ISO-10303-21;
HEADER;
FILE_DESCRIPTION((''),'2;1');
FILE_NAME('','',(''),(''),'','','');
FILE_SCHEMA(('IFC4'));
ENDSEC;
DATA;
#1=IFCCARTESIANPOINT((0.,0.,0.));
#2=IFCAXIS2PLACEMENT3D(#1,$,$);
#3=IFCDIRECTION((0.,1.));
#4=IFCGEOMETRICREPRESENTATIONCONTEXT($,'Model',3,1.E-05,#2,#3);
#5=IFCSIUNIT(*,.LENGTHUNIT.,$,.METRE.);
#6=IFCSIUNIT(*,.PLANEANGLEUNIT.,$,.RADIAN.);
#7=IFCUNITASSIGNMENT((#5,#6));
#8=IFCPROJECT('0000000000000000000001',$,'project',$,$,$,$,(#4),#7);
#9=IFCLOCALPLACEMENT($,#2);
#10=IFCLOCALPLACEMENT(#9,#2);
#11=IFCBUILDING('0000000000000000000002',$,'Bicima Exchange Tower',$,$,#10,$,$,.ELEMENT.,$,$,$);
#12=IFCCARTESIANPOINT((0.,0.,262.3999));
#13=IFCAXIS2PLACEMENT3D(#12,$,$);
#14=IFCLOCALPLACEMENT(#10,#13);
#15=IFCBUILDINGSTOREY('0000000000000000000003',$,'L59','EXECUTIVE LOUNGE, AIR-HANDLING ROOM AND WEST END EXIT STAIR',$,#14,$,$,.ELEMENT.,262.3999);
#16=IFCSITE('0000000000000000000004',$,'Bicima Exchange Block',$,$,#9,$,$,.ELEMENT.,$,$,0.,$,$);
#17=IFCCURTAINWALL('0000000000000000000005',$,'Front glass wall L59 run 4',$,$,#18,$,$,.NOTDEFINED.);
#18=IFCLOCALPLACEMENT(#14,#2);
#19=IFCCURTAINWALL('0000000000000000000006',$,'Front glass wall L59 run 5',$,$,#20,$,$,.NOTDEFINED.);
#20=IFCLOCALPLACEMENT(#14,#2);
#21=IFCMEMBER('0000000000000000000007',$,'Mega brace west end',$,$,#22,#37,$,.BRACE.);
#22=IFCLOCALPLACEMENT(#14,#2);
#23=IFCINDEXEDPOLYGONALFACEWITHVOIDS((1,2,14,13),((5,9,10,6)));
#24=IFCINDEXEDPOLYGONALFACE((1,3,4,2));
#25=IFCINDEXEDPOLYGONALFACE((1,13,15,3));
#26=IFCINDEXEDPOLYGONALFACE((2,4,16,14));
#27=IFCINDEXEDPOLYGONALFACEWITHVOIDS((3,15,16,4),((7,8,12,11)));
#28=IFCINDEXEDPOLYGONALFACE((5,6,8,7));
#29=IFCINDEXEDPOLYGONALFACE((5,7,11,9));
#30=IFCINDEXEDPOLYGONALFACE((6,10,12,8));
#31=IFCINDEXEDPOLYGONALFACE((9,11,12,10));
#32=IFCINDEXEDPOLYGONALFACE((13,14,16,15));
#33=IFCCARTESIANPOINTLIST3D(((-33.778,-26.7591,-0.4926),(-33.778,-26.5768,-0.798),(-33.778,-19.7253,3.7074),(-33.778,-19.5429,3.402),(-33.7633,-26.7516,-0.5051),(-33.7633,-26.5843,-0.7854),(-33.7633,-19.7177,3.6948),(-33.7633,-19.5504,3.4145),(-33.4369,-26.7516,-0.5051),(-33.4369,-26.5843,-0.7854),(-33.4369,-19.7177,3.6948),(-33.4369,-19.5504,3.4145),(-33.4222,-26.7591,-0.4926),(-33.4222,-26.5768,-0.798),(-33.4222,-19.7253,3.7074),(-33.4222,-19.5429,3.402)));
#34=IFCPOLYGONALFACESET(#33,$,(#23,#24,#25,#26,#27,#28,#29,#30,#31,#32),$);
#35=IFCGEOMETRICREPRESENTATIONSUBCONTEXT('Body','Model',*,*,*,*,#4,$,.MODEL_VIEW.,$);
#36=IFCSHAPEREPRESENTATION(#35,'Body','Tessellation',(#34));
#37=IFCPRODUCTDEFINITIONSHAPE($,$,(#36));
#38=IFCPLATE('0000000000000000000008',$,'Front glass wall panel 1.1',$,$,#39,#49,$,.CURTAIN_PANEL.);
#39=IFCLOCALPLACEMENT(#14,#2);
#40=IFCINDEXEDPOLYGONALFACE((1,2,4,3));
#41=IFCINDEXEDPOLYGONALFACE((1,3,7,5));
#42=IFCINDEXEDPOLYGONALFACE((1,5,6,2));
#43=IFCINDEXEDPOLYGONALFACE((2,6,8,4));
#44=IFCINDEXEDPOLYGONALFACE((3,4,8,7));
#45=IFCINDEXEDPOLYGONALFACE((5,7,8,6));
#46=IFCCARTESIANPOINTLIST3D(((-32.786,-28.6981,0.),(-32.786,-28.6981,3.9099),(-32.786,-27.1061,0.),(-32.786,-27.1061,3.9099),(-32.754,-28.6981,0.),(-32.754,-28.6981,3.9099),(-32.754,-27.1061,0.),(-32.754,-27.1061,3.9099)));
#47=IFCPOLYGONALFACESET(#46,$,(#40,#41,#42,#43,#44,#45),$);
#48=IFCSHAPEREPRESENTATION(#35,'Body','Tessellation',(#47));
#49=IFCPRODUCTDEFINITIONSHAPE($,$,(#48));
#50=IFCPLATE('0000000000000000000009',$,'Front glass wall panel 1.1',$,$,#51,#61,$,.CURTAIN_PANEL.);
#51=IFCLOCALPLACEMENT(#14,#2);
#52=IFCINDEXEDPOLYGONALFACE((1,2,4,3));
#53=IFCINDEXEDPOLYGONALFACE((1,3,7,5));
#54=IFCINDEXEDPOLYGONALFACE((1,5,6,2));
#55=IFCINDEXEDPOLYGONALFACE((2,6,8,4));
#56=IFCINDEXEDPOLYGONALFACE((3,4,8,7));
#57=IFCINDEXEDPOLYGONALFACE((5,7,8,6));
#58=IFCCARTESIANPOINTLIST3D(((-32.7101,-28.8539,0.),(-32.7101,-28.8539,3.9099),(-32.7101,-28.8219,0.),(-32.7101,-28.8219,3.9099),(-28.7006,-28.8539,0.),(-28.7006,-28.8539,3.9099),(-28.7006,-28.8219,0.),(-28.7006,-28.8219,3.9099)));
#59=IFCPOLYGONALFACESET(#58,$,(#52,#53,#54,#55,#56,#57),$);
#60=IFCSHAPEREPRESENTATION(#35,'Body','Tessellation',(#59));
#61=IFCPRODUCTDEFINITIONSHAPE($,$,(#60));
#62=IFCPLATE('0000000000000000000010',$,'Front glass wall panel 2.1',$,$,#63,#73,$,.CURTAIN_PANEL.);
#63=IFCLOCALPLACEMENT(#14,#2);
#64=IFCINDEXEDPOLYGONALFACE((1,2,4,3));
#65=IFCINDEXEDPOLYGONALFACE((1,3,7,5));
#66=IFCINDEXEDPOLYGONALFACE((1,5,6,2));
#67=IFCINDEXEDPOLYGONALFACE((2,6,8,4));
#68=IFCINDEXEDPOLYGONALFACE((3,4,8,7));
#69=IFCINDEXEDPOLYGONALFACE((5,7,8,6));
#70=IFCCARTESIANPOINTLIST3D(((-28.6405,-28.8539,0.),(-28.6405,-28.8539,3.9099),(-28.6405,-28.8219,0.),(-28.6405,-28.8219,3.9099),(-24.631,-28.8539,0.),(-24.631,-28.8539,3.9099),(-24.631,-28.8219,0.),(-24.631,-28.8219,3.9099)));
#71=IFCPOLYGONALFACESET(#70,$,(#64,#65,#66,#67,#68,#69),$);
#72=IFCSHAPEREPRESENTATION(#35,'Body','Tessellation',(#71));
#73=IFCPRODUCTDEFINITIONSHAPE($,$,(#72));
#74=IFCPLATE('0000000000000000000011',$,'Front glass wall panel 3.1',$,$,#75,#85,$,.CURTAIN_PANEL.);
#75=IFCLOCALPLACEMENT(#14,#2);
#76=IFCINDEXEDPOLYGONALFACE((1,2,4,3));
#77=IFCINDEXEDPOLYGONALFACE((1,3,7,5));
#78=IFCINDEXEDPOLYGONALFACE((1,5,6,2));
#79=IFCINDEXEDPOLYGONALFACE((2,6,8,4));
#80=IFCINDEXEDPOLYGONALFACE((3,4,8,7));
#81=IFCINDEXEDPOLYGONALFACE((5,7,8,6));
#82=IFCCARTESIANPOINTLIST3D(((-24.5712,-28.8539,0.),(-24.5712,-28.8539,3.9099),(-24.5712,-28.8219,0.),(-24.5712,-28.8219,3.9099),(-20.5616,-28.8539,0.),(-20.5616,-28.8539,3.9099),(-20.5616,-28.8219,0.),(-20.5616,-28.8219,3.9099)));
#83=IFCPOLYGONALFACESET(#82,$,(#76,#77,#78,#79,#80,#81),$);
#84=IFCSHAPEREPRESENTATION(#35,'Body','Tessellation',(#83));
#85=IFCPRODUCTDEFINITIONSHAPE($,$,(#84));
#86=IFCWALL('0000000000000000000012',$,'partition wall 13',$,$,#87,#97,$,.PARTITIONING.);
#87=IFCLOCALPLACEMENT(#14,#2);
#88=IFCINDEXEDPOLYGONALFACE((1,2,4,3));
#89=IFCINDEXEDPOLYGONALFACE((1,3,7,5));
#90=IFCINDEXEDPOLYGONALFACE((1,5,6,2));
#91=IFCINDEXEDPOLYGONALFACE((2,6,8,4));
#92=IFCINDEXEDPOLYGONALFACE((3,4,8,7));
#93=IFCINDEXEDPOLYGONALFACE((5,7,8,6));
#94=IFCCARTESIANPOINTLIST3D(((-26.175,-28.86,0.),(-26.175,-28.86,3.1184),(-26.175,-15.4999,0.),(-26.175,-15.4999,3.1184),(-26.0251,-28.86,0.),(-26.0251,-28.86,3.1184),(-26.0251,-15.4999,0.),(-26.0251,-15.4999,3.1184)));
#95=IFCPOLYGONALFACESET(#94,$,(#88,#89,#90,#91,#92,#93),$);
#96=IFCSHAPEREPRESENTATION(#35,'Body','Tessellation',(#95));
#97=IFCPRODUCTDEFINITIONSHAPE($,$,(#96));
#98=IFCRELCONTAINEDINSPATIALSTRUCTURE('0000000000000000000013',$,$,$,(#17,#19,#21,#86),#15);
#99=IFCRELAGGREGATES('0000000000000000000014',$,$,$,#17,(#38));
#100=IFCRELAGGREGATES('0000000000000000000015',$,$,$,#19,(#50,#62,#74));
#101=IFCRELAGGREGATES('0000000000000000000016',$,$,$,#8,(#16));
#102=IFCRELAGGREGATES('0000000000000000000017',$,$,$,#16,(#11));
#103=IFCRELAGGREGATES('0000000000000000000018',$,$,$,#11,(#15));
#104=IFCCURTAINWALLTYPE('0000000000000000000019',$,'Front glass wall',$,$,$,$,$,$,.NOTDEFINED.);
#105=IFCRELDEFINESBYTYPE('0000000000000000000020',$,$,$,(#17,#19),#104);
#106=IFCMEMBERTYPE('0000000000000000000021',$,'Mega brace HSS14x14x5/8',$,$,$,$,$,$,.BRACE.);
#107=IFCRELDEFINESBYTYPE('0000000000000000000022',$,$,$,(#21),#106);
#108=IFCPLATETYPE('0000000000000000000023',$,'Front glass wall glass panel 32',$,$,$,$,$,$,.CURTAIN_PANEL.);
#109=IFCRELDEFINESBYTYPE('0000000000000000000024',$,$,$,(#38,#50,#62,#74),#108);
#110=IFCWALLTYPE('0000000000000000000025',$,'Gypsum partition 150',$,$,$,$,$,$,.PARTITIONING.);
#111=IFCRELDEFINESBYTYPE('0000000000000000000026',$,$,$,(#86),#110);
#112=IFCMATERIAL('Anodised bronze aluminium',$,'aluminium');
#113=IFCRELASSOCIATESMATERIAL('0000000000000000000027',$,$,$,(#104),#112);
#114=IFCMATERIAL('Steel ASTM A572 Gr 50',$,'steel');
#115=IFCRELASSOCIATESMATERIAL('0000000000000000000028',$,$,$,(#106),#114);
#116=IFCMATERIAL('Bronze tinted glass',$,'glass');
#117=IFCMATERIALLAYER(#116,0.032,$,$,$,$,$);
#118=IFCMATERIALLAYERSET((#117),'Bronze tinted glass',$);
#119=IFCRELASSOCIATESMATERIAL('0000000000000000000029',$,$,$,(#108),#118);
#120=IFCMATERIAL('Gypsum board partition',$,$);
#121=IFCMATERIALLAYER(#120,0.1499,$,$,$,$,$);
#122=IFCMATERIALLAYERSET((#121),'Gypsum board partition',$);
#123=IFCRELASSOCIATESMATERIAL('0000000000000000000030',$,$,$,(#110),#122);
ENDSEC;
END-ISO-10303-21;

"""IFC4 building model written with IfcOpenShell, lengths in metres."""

from ifc_helpers import new_model, si_unit, direction, frame, frame_2d, origin, origin_2d, place, context, subcontext, project, spatial, rectangle, hollow_rectangle, extrude, material, layer, layer_set, material_profile, profile_set, type_object, element, aggregate, save


model = new_model("IFC4")

# Units and contexts
model_context = context("Model", 3, precision=1e-05, world=origin(), true_north=direction((0.0, 1.0)))
body_context = subcontext(model_context, "Body", "Model", "MODEL_VIEW")
ifc_project = project(units=[si_unit("LENGTHUNIT", "METRE"), si_unit("PLANEANGLEUNIT", "RADIAN")], contexts=[model_context])

# Site, building, storey
site_placement = place(None, origin())
site = spatial("IfcSite", under=ifc_project, at=site_placement, Name="Bicima Exchange Block", CompositionType="ELEMENT", RefElevation=0.0)
building_placement = place(site_placement, origin())
building = spatial("IfcBuilding", under=site, at=building_placement, Name="Bicima Exchange Tower", CompositionType="ELEMENT")
storey_placement = place(building_placement, frame((0.0, 0.0, 262.3999)))
storey = spatial("IfcBuildingStorey", under=building, at=storey_placement, Name="L59", Description="EXECUTIVE LOUNGE, AIR-HANDLING ROOM AND WEST END EXIT STAIR", CompositionType="ELEMENT", Elevation=262.3999)

# Curtain walls
ifc_material_1 = material(Name="Anodised bronze aluminium", Category="aluminium")
curtain_wall_type = type_object("IfcCurtainWallType", Name="Front glass wall", PredefinedType="NOTDEFINED", material=ifc_material_1)
curtain_wall_1_placement = place(storey_placement, origin())
curtain_wall_1 = element("IfcCurtainWall", 1, at=curtain_wall_1_placement, inside=storey, type_object=curtain_wall_type, Name="Front glass wall L59 run 4", PredefinedType="NOTDEFINED")
curtain_wall_2_placement = place(storey_placement, origin())
curtain_wall_2 = element("IfcCurtainWall", 2, at=curtain_wall_2_placement, inside=storey, type_object=curtain_wall_type, Name="Front glass wall L59 run 5", PredefinedType="NOTDEFINED")

# Member
ifc_material_2 = material(Name="Steel ASTM A572 Gr 50", Category="steel")
ifc_material_profile_1 = material_profile(ifc_material_2, hollow_rectangle(XDim=0.3557, YDim=0.3557, WallThickness=0.0146, at=origin_2d()))
ifc_profile_set_1 = profile_set([ifc_material_profile_1], Name="Steel ASTM A572 Gr 50")
member_type_1 = type_object("IfcMemberType", Name="Mega brace HSS14x14x5/8", PredefinedType="BRACE", material=ifc_profile_set_1)
member_1_placement = place(storey_placement, frame((-33.6001, -26.668, -0.6453), z_axis=(0.0, 0.85859, 0.512663), x_axis=(-1.0, 0.0, 0.0)))
element("IfcMember", 3, at=member_1_placement, inside=storey, type_object=member_type_1, Name="Mega brace west end", PredefinedType="BRACE", context=body_context, shape_type="SweptSolid", body=[
    extrude(hollow_rectangle(XDim=0.3557, YDim=0.3557, WallThickness=0.0146, at=origin_2d()), origin(), (0.0, 0.0, 1.0), 8.1924),
])

# Plates
ifc_material_3 = material(Name="Bronze tinted glass", Category="glass")
ifc_layer_1 = layer(ifc_material_3, 0.032)
ifc_layer_set_1 = layer_set([ifc_layer_1], Name="Bronze tinted glass")
plate_type = type_object("IfcPlateType", Name="Front glass wall glass panel 32", PredefinedType="CURTAIN_PANEL", material=ifc_layer_set_1)
plate_1_placement = place(storey_placement, frame((-32.77, -27.9021, 0.0), z_axis=(0.0, 0.0, 1.0), x_axis=(0.0, -1.0, 0.0)))
plate_1 = element("IfcPlate", 4, at=plate_1_placement, type_object=plate_type, Name="Front glass wall panel 1.1", PredefinedType="CURTAIN_PANEL", context=body_context, shape_type="SweptSolid", body=[
    extrude(rectangle(XDim=1.592, YDim=0.032, at=origin_2d()), origin(), (0.0, 0.0, 1.0), 3.9099),
])
aggregate(curtain_wall_1, [plate_1])
plate_2_placement = place(storey_placement, frame((-30.7053, -28.8379, 0.0), z_axis=(0.0, 0.0, 1.0), x_axis=(1.0, 0.0, 0.0)))
plate_2 = element("IfcPlate", 5, at=plate_2_placement, type_object=plate_type, Name="Front glass wall panel 1.1", PredefinedType="CURTAIN_PANEL", context=body_context, shape_type="SweptSolid", body=[
    extrude(rectangle(XDim=4.0095, YDim=0.032, at=origin_2d()), origin(), (0.0, 0.0, 1.0), 3.9099),
])
plate_3_placement = place(storey_placement, frame((-26.6357, -28.8379, 0.0), z_axis=(0.0, 0.0, 1.0), x_axis=(1.0, 0.0, 0.0)))
plate_3 = element("IfcPlate", 6, at=plate_3_placement, type_object=plate_type, Name="Front glass wall panel 2.1", PredefinedType="CURTAIN_PANEL", context=body_context, shape_type="SweptSolid", body=[
    extrude(rectangle(XDim=4.0095, YDim=0.032, at=origin_2d()), origin(), (0.0, 0.0, 1.0), 3.9099),
])
plate_4_placement = place(storey_placement, frame((-22.5664, -28.8379, 0.0), z_axis=(0.0, 0.0, 1.0), x_axis=(1.0, 0.0, 0.0)))
plate_4 = element("IfcPlate", 7, at=plate_4_placement, type_object=plate_type, Name="Front glass wall panel 3.1", PredefinedType="CURTAIN_PANEL", context=body_context, shape_type="SweptSolid", body=[
    extrude(rectangle(XDim=4.0095, YDim=0.032, at=origin_2d()), origin(), (0.0, 0.0, 1.0), 3.9099),
])
aggregate(curtain_wall_2, [plate_2, plate_3, plate_4])

# Wall
ifc_material_4 = material(Name="Gypsum board partition")
ifc_layer_2 = layer(ifc_material_4, 0.1499)
ifc_layer_set_2 = layer_set([ifc_layer_2], Name="Gypsum board partition")
wall_type = type_object("IfcWallType", Name="Gypsum partition 150", PredefinedType="PARTITIONING", material=ifc_layer_set_2)
wall_placement = place(storey_placement, frame((-26.1001, -28.8601, 0.0), z_axis=(0.0, 0.0, 1.0), x_axis=(0.0, 1.0, 0.0)))
element("IfcWall", 8, at=wall_placement, inside=storey, type_object=wall_type, Name="partition wall 13", PredefinedType="PARTITIONING", context=body_context, shape_type="SweptSolid", body=[
    extrude(rectangle(XDim=13.3601, YDim=0.1499, at=frame_2d((6.6802, 0.0))), origin(), (0.0, 0.0, 1.0), 3.1184),
])

save(model, "model.ifc")
